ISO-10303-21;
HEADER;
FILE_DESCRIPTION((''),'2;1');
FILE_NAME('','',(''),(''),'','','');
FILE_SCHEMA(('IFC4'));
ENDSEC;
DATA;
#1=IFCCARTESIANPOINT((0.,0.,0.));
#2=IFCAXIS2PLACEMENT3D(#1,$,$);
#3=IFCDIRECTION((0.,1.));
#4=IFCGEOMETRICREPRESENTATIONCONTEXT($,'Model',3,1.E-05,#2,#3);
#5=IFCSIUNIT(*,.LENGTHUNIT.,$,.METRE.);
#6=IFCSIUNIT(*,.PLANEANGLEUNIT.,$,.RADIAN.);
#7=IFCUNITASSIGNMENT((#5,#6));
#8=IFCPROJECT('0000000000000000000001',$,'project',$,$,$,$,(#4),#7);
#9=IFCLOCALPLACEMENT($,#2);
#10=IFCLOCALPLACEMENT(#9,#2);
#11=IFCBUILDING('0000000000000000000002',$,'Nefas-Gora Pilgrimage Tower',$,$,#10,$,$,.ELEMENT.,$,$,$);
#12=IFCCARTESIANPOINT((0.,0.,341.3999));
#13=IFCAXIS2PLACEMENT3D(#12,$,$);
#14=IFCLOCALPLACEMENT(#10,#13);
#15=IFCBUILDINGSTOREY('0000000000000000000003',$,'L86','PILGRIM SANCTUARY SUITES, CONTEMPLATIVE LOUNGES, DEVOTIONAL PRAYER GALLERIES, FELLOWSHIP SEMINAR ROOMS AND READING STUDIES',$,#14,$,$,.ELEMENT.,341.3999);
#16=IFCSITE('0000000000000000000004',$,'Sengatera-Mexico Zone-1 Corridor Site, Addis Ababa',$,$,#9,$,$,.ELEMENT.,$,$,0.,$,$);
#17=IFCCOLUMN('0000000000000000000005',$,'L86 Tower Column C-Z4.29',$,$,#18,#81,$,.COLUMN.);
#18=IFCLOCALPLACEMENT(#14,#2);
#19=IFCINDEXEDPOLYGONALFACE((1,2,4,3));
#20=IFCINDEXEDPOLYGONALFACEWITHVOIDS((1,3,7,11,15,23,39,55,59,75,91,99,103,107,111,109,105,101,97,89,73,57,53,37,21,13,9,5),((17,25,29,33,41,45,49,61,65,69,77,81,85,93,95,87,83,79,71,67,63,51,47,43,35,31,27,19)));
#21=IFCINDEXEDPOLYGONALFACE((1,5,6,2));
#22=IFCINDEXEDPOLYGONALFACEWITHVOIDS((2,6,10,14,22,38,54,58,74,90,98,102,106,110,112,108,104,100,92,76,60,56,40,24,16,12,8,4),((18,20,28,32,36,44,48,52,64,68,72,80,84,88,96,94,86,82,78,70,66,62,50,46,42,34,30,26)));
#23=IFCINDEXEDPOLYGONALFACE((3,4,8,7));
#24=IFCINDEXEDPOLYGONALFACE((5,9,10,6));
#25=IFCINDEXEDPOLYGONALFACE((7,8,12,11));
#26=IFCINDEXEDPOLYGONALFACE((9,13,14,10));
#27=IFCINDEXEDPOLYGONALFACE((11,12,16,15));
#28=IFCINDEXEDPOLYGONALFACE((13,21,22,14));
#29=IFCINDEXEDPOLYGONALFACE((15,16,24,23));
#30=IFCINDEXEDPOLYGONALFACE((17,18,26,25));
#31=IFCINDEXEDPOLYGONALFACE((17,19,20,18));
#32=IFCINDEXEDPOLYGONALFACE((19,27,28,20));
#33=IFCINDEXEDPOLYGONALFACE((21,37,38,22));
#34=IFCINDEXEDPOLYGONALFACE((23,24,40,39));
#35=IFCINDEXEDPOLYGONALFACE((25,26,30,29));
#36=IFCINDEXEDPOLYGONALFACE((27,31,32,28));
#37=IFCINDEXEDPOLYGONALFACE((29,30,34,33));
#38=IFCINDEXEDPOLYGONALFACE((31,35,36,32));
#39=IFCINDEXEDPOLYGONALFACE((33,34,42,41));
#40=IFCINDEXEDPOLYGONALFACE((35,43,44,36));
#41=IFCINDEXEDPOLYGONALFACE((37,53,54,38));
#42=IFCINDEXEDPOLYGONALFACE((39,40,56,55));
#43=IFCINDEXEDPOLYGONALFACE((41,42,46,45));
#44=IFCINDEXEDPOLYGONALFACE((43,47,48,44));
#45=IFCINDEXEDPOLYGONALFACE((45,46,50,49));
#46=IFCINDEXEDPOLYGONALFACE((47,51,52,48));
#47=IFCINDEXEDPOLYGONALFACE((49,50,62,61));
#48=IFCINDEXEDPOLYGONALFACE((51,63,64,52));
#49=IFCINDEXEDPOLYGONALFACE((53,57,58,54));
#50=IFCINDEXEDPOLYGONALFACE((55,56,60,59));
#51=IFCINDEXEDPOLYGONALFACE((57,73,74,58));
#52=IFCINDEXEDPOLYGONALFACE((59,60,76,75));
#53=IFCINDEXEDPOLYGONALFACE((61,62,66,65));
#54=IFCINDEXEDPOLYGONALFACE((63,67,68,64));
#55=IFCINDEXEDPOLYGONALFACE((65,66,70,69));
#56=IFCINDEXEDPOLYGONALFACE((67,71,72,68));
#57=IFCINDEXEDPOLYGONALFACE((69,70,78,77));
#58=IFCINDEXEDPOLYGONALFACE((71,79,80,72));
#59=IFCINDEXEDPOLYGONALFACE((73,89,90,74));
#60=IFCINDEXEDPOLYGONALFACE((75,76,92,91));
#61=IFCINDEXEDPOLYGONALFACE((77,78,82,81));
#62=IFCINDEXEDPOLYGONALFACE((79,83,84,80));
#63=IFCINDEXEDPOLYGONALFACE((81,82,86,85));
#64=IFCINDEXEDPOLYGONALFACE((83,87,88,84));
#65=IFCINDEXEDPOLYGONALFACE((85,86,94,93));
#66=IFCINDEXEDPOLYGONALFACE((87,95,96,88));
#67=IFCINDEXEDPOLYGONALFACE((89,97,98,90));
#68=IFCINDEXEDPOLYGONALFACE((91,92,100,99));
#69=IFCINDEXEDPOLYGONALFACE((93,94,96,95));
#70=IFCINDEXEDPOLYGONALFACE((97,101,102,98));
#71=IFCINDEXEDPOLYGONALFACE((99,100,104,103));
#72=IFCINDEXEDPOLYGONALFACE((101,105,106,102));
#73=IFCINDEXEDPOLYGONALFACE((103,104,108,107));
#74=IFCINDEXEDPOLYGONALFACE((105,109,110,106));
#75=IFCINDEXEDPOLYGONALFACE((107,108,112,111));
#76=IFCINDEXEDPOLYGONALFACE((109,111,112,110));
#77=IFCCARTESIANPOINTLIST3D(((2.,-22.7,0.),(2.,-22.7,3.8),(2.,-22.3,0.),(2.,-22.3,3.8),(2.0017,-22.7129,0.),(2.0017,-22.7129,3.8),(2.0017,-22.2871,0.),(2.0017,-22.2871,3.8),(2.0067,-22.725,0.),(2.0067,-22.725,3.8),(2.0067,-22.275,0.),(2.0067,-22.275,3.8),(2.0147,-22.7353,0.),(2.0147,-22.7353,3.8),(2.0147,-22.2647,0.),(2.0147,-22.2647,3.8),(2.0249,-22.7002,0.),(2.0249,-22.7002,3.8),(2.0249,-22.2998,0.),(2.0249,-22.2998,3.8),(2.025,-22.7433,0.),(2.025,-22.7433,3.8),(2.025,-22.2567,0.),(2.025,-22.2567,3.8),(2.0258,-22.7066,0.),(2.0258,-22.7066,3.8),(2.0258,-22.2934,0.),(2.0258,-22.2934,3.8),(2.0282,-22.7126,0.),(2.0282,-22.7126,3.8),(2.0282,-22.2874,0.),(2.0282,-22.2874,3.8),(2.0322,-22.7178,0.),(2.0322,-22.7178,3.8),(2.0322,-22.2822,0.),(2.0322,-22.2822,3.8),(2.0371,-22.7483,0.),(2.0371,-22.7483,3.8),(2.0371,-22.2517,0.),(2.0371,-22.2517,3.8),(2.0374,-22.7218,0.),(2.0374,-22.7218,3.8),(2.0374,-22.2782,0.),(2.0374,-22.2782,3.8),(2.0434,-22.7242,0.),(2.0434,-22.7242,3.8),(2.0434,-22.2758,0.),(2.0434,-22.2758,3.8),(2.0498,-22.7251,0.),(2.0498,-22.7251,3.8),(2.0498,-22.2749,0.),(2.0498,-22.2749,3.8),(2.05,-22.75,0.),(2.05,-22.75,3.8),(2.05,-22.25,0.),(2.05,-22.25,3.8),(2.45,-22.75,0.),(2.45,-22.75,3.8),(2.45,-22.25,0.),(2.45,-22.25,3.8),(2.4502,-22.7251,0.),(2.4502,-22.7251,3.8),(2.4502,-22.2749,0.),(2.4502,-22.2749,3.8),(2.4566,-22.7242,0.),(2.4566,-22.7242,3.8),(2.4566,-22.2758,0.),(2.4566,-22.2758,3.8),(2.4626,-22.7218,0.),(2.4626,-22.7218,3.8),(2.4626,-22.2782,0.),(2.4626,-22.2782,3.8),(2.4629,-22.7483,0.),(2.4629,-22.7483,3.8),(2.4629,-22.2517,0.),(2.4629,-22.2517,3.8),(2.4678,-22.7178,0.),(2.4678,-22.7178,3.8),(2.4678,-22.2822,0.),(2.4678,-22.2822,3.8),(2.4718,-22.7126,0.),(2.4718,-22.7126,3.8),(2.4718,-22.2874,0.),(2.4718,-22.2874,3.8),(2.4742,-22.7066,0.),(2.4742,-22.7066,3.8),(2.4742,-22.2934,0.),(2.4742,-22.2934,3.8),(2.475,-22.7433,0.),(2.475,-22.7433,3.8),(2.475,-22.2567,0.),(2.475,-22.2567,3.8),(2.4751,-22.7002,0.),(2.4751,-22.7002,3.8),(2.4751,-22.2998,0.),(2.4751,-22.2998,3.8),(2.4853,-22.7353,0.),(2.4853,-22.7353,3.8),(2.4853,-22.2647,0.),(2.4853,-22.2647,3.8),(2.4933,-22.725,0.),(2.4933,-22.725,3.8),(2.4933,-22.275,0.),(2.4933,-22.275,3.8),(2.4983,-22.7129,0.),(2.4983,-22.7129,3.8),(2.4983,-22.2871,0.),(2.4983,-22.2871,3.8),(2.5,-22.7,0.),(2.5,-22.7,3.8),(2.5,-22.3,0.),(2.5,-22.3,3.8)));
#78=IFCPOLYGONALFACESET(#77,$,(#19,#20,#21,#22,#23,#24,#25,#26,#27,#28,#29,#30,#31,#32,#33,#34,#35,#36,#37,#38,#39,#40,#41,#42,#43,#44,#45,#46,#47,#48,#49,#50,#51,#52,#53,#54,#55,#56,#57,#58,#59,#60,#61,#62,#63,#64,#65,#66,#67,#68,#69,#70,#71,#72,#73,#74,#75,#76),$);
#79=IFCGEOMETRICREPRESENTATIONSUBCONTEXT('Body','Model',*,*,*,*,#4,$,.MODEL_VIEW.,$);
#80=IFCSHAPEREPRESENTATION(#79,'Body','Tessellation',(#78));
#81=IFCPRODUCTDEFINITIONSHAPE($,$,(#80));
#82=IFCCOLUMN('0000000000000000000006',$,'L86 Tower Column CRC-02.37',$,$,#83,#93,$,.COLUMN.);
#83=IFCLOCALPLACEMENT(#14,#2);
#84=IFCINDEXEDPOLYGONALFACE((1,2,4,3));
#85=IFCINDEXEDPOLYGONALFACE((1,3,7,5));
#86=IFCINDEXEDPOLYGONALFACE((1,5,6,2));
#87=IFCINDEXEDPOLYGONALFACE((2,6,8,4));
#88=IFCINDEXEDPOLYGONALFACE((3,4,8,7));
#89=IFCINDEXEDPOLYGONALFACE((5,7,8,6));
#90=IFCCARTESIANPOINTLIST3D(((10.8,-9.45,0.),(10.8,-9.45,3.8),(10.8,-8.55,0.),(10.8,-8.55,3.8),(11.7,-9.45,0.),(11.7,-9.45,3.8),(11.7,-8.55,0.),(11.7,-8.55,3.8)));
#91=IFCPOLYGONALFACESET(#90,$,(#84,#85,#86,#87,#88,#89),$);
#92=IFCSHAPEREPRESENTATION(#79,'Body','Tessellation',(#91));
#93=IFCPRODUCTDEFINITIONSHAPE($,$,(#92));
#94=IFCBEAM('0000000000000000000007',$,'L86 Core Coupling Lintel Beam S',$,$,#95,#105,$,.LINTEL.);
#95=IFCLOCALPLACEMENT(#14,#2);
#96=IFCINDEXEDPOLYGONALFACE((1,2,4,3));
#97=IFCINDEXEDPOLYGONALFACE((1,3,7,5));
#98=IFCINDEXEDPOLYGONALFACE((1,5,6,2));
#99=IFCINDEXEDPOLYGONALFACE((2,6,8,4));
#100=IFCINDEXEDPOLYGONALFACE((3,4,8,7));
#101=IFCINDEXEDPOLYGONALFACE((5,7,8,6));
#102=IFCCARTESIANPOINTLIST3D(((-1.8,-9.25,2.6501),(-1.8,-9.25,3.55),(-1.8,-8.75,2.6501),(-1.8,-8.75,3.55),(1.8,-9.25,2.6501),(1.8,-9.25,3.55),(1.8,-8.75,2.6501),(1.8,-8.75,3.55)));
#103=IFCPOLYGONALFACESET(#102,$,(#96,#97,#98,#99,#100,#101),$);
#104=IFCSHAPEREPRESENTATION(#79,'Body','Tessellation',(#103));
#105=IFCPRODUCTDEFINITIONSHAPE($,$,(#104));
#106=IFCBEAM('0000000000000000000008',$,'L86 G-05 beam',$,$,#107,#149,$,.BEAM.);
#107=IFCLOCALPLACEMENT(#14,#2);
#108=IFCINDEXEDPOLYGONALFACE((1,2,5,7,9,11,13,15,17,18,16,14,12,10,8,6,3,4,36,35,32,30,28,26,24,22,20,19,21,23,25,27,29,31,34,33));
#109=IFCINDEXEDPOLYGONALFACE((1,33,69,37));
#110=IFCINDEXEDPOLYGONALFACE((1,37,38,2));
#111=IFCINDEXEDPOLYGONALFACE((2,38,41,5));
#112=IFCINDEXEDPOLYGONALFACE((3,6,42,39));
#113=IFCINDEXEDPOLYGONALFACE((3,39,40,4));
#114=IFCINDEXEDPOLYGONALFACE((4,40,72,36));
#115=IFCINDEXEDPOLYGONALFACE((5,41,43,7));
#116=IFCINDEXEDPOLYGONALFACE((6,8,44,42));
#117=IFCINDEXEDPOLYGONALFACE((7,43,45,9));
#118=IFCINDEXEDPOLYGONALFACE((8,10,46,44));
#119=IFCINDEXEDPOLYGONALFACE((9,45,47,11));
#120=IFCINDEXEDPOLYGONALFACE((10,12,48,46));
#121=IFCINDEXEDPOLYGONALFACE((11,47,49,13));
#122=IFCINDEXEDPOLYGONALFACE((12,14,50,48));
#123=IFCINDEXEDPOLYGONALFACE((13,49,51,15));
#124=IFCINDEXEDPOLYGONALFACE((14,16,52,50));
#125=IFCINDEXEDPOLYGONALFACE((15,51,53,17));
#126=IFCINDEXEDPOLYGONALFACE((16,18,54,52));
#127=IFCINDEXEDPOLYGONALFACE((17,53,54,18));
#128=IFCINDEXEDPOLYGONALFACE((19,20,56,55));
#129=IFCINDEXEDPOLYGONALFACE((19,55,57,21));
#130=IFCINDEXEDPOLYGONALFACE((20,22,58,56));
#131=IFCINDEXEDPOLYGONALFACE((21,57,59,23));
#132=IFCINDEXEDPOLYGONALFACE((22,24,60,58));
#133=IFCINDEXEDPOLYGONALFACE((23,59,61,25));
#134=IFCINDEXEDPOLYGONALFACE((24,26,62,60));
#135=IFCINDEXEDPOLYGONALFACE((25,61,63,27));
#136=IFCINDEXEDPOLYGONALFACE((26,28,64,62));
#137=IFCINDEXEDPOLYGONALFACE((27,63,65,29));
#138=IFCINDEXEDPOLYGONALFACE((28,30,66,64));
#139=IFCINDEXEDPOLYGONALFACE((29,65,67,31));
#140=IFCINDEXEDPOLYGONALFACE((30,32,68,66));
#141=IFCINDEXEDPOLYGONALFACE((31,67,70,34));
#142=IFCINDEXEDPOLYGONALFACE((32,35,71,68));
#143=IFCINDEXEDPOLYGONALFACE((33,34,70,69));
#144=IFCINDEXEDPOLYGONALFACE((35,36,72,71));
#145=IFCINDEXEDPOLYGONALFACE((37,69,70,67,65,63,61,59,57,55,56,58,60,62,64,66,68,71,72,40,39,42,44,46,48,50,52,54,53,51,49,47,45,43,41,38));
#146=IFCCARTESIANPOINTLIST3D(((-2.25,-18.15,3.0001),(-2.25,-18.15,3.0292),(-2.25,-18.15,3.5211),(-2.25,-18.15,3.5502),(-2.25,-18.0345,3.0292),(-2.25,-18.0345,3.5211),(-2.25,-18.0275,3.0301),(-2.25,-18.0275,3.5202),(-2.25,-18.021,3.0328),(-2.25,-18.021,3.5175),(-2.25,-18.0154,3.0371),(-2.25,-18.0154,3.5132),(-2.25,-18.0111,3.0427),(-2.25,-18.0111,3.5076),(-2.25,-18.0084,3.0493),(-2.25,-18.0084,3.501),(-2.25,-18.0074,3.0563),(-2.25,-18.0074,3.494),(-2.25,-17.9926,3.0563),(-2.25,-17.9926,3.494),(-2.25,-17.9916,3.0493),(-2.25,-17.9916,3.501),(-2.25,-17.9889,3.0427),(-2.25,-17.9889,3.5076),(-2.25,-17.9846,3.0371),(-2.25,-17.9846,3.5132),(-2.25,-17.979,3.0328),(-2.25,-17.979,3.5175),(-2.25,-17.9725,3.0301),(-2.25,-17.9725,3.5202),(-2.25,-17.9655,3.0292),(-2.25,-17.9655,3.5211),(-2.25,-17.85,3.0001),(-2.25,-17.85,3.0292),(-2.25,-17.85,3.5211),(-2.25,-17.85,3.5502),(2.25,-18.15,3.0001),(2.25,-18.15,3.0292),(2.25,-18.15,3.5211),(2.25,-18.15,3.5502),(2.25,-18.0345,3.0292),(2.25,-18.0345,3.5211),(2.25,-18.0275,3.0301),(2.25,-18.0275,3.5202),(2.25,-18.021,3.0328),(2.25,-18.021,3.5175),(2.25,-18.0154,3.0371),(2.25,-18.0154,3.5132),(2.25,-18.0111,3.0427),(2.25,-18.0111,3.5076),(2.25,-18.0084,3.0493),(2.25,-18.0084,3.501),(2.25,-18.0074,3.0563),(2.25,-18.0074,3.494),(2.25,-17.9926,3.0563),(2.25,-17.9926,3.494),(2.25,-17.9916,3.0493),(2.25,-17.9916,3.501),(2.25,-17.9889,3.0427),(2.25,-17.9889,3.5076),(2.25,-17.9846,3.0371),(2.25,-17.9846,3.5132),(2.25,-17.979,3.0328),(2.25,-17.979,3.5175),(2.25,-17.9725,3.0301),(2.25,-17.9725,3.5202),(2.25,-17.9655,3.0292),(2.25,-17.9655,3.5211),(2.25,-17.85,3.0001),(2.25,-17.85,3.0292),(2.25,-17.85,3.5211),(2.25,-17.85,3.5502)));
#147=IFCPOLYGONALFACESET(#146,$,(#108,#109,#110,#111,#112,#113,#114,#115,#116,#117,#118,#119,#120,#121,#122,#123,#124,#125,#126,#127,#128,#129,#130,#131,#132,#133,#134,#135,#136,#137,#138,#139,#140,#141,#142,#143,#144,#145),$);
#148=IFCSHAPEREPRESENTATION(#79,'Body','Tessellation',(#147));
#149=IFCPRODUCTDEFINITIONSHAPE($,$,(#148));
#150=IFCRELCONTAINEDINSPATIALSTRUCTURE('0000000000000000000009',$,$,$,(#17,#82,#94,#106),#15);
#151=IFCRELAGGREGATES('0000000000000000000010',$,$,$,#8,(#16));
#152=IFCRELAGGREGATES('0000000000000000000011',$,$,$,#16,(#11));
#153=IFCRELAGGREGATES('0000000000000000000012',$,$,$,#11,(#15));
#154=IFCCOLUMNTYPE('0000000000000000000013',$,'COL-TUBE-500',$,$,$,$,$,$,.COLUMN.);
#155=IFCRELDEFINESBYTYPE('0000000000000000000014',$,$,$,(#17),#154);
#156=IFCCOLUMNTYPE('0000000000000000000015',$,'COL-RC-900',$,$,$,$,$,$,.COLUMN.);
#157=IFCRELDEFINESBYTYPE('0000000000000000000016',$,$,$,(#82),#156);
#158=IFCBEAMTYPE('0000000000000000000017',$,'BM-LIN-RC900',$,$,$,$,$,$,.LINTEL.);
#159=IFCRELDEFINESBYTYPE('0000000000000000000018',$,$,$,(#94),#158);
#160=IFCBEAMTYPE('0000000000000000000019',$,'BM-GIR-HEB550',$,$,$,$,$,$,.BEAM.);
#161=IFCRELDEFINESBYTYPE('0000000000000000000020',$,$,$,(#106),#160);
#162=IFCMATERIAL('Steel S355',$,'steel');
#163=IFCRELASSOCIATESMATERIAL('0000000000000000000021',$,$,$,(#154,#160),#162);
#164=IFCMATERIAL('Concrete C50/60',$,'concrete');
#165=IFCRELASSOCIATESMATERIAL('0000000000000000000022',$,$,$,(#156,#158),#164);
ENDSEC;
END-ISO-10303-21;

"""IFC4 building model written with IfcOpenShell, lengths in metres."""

from ifc_helpers import new_model, si_unit, direction, frame, origin, origin_2d, place, context, subcontext, project, spatial, rectangle, hollow_rectangle, i_section, extrude, source, transform, mapped, material, material_profile, profile_set, type_object, element, save


model = new_model("IFC4")

# Units and contexts
model_context = context("Model", 3, precision=1e-05, world=origin(), true_north=direction((0.0, 1.0)))
body_context = subcontext(model_context, "Body", "Model", "MODEL_VIEW")
ifc_project = project(units=[si_unit("LENGTHUNIT", "METRE"), si_unit("PLANEANGLEUNIT", "RADIAN")], contexts=[model_context])

# Site, building, storey
site_placement = place(None, origin())
site = spatial("IfcSite", under=ifc_project, at=site_placement, Name="Sengatera-Mexico Zone-1 Corridor Site, Addis Ababa", CompositionType="ELEMENT", RefElevation=0.0)
building_placement = place(site_placement, origin())
building = spatial("IfcBuilding", under=site, at=building_placement, Name="Nefas-Gora Pilgrimage Tower", CompositionType="ELEMENT")
storey_placement = place(building_placement, frame((0.0, 0.0, 341.3999)))
storey = spatial("IfcBuildingStorey", under=building, at=storey_placement, Name="L86", Description="PILGRIM SANCTUARY SUITES, CONTEMPLATIVE LOUNGES, DEVOTIONAL PRAYER GALLERIES, FELLOWSHIP SEMINAR ROOMS AND READING STUDIES", CompositionType="ELEMENT", Elevation=341.3999)

# Columns
ifc_material_1 = material(Name="Steel S355", Category="steel")
ifc_material_profile_1 = material_profile(ifc_material_1, hollow_rectangle(XDim=0.5, YDim=0.5, WallThickness=0.0249, InnerFilletRadius=0.0249, OuterFilletRadius=0.05, at=origin_2d()), Name="SHS 500x500x25")
ifc_profile_set_1 = profile_set([ifc_material_profile_1], Name="Steel S355")
column_type_1 = type_object("IfcColumnType", Name="COL-TUBE-500", PredefinedType="COLUMN", material=ifc_profile_set_1)
shared_shape_1 = source(origin(), body_context, "Body", "SweptSolid", [
    extrude(hollow_rectangle(XDim=0.5, YDim=0.5, WallThickness=0.0249, InnerFilletRadius=0.0249, OuterFilletRadius=0.05, at=origin_2d()), origin(), (0.0, 0.0, 1.0), 3.8),
])
column_1_placement = place(storey_placement, frame((2.25, -22.5, 0.0), z_axis=(0.0, 0.0, 1.0), x_axis=(1.0, 0.0, 0.0)))
element("IfcColumn", 1, at=column_1_placement, inside=storey, type_object=column_type_1, Name="L86 Tower Column C-Z4.29", PredefinedType="COLUMN", context=body_context, shape_type="MappedRepresentation", body=[
    mapped(shared_shape_1, transform((0.0, 0.0, 0.0), x_axis=(1.0, 0.0, 0.0), y_axis=(0.0, 1.0, 0.0), z_axis=(0.0, 0.0, 1.0), scale=1.0)),
])
ifc_material_2 = material(Name="Concrete C50/60", Category="concrete")
ifc_material_profile_2 = material_profile(ifc_material_2, rectangle(XDim=0.8999, YDim=0.8999, at=origin_2d()), Name="RC 900x900")
ifc_profile_set_2 = profile_set([ifc_material_profile_2], Name="Concrete C50/60")
column_type_2 = type_object("IfcColumnType", Name="COL-RC-900", PredefinedType="COLUMN", material=ifc_profile_set_2)
shared_shape_2 = source(origin(), body_context, "Body", "SweptSolid", [
    extrude(rectangle(XDim=0.8999, YDim=0.8999, at=origin_2d()), origin(), (0.0, 0.0, 1.0), 3.8),
])
column_2_placement = place(storey_placement, frame((11.25, -9.0, 0.0), z_axis=(0.0, 0.0, 1.0), x_axis=(1.0, 0.0, 0.0)))
element("IfcColumn", 2, at=column_2_placement, inside=storey, type_object=column_type_2, Name="L86 Tower Column CRC-02.37", PredefinedType="COLUMN", context=body_context, shape_type="MappedRepresentation", body=[
    mapped(shared_shape_2, transform((0.0, 0.0, 0.0), x_axis=(1.0, 0.0, 0.0), y_axis=(0.0, 1.0, 0.0), z_axis=(0.0, 0.0, 1.0), scale=1.0)),
])

# Beams
ifc_material_profile_3 = material_profile(ifc_material_2, rectangle(XDim=0.5, YDim=0.8999, at=origin_2d()), Name="RC 500x900")
ifc_profile_set_3 = profile_set([ifc_material_profile_3], Name="Concrete C50/60")
beam_type_1 = type_object("IfcBeamType", Name="BM-LIN-RC900", PredefinedType="LINTEL", material=ifc_profile_set_3)
shared_shape_3 = source(origin(), body_context, "Body", "SweptSolid", [
    extrude(rectangle(XDim=0.5, YDim=0.8999, at=origin_2d()), origin(), (0.0, 0.0, 1.0), 3.6001),
])
beam_placement = place(storey_placement, frame((-1.8, -9.0, 3.1001), z_axis=(1.0, 0.0, 0.0), x_axis=(0.0, 1.0, 0.0)))
element("IfcBeam", 3, at=beam_placement, inside=storey, type_object=beam_type_1, Name="L86 Core Coupling Lintel Beam S", PredefinedType="LINTEL", context=body_context, shape_type="MappedRepresentation", body=[
    mapped(shared_shape_3, transform((0.0, 0.0, 0.0), x_axis=(1.0, 0.0, 0.0), y_axis=(0.0, 1.0, 0.0), z_axis=(0.0, 0.0, 1.0), scale=1.0)),
])
ifc_material_profile_4 = material_profile(ifc_material_1, i_section(OverallWidth=0.3, OverallDepth=0.55, WebThickness=0.0149, FlangeThickness=0.0291, FilletRadius=0.0271, at=origin_2d()), Name="HEB 550")
ifc_profile_set_4 = profile_set([ifc_material_profile_4], Name="Steel S355")
beam_type_2 = type_object("IfcBeamType", Name="BM-GIR-HEB550", PredefinedType="BEAM", material=ifc_profile_set_4)
shared_shape_4 = source(origin(), body_context, "Body", "SweptSolid", [
    extrude(i_section(OverallWidth=0.3, OverallDepth=0.55, WebThickness=0.0149, FlangeThickness=0.0291, FilletRadius=0.0271, at=origin_2d()), origin(), (0.0, 0.0, 1.0), 4.5),
])
for number, where, z_axis, x_axis, name in (
    (4, (-2.25, -18.0, 3.2751), (1.0, 0.0, 0.0), (0.0, 1.0, 0.0), "L86 G-05 beam"),
):
    element("IfcBeam", number, at=place(storey_placement, frame(where, z_axis=z_axis, x_axis=x_axis)), inside=storey, type_object=beam_type_2, Name=name, PredefinedType="BEAM", context=body_context, shape_type="MappedRepresentation", body=[
        mapped(shared_shape_4, transform((0.0, 0.0, 0.0), x_axis=(1.0, 0.0, 0.0), y_axis=(0.0, 1.0, 0.0), z_axis=(0.0, 0.0, 1.0), scale=1.0)),
    ])

save(model, "model.ifc")
